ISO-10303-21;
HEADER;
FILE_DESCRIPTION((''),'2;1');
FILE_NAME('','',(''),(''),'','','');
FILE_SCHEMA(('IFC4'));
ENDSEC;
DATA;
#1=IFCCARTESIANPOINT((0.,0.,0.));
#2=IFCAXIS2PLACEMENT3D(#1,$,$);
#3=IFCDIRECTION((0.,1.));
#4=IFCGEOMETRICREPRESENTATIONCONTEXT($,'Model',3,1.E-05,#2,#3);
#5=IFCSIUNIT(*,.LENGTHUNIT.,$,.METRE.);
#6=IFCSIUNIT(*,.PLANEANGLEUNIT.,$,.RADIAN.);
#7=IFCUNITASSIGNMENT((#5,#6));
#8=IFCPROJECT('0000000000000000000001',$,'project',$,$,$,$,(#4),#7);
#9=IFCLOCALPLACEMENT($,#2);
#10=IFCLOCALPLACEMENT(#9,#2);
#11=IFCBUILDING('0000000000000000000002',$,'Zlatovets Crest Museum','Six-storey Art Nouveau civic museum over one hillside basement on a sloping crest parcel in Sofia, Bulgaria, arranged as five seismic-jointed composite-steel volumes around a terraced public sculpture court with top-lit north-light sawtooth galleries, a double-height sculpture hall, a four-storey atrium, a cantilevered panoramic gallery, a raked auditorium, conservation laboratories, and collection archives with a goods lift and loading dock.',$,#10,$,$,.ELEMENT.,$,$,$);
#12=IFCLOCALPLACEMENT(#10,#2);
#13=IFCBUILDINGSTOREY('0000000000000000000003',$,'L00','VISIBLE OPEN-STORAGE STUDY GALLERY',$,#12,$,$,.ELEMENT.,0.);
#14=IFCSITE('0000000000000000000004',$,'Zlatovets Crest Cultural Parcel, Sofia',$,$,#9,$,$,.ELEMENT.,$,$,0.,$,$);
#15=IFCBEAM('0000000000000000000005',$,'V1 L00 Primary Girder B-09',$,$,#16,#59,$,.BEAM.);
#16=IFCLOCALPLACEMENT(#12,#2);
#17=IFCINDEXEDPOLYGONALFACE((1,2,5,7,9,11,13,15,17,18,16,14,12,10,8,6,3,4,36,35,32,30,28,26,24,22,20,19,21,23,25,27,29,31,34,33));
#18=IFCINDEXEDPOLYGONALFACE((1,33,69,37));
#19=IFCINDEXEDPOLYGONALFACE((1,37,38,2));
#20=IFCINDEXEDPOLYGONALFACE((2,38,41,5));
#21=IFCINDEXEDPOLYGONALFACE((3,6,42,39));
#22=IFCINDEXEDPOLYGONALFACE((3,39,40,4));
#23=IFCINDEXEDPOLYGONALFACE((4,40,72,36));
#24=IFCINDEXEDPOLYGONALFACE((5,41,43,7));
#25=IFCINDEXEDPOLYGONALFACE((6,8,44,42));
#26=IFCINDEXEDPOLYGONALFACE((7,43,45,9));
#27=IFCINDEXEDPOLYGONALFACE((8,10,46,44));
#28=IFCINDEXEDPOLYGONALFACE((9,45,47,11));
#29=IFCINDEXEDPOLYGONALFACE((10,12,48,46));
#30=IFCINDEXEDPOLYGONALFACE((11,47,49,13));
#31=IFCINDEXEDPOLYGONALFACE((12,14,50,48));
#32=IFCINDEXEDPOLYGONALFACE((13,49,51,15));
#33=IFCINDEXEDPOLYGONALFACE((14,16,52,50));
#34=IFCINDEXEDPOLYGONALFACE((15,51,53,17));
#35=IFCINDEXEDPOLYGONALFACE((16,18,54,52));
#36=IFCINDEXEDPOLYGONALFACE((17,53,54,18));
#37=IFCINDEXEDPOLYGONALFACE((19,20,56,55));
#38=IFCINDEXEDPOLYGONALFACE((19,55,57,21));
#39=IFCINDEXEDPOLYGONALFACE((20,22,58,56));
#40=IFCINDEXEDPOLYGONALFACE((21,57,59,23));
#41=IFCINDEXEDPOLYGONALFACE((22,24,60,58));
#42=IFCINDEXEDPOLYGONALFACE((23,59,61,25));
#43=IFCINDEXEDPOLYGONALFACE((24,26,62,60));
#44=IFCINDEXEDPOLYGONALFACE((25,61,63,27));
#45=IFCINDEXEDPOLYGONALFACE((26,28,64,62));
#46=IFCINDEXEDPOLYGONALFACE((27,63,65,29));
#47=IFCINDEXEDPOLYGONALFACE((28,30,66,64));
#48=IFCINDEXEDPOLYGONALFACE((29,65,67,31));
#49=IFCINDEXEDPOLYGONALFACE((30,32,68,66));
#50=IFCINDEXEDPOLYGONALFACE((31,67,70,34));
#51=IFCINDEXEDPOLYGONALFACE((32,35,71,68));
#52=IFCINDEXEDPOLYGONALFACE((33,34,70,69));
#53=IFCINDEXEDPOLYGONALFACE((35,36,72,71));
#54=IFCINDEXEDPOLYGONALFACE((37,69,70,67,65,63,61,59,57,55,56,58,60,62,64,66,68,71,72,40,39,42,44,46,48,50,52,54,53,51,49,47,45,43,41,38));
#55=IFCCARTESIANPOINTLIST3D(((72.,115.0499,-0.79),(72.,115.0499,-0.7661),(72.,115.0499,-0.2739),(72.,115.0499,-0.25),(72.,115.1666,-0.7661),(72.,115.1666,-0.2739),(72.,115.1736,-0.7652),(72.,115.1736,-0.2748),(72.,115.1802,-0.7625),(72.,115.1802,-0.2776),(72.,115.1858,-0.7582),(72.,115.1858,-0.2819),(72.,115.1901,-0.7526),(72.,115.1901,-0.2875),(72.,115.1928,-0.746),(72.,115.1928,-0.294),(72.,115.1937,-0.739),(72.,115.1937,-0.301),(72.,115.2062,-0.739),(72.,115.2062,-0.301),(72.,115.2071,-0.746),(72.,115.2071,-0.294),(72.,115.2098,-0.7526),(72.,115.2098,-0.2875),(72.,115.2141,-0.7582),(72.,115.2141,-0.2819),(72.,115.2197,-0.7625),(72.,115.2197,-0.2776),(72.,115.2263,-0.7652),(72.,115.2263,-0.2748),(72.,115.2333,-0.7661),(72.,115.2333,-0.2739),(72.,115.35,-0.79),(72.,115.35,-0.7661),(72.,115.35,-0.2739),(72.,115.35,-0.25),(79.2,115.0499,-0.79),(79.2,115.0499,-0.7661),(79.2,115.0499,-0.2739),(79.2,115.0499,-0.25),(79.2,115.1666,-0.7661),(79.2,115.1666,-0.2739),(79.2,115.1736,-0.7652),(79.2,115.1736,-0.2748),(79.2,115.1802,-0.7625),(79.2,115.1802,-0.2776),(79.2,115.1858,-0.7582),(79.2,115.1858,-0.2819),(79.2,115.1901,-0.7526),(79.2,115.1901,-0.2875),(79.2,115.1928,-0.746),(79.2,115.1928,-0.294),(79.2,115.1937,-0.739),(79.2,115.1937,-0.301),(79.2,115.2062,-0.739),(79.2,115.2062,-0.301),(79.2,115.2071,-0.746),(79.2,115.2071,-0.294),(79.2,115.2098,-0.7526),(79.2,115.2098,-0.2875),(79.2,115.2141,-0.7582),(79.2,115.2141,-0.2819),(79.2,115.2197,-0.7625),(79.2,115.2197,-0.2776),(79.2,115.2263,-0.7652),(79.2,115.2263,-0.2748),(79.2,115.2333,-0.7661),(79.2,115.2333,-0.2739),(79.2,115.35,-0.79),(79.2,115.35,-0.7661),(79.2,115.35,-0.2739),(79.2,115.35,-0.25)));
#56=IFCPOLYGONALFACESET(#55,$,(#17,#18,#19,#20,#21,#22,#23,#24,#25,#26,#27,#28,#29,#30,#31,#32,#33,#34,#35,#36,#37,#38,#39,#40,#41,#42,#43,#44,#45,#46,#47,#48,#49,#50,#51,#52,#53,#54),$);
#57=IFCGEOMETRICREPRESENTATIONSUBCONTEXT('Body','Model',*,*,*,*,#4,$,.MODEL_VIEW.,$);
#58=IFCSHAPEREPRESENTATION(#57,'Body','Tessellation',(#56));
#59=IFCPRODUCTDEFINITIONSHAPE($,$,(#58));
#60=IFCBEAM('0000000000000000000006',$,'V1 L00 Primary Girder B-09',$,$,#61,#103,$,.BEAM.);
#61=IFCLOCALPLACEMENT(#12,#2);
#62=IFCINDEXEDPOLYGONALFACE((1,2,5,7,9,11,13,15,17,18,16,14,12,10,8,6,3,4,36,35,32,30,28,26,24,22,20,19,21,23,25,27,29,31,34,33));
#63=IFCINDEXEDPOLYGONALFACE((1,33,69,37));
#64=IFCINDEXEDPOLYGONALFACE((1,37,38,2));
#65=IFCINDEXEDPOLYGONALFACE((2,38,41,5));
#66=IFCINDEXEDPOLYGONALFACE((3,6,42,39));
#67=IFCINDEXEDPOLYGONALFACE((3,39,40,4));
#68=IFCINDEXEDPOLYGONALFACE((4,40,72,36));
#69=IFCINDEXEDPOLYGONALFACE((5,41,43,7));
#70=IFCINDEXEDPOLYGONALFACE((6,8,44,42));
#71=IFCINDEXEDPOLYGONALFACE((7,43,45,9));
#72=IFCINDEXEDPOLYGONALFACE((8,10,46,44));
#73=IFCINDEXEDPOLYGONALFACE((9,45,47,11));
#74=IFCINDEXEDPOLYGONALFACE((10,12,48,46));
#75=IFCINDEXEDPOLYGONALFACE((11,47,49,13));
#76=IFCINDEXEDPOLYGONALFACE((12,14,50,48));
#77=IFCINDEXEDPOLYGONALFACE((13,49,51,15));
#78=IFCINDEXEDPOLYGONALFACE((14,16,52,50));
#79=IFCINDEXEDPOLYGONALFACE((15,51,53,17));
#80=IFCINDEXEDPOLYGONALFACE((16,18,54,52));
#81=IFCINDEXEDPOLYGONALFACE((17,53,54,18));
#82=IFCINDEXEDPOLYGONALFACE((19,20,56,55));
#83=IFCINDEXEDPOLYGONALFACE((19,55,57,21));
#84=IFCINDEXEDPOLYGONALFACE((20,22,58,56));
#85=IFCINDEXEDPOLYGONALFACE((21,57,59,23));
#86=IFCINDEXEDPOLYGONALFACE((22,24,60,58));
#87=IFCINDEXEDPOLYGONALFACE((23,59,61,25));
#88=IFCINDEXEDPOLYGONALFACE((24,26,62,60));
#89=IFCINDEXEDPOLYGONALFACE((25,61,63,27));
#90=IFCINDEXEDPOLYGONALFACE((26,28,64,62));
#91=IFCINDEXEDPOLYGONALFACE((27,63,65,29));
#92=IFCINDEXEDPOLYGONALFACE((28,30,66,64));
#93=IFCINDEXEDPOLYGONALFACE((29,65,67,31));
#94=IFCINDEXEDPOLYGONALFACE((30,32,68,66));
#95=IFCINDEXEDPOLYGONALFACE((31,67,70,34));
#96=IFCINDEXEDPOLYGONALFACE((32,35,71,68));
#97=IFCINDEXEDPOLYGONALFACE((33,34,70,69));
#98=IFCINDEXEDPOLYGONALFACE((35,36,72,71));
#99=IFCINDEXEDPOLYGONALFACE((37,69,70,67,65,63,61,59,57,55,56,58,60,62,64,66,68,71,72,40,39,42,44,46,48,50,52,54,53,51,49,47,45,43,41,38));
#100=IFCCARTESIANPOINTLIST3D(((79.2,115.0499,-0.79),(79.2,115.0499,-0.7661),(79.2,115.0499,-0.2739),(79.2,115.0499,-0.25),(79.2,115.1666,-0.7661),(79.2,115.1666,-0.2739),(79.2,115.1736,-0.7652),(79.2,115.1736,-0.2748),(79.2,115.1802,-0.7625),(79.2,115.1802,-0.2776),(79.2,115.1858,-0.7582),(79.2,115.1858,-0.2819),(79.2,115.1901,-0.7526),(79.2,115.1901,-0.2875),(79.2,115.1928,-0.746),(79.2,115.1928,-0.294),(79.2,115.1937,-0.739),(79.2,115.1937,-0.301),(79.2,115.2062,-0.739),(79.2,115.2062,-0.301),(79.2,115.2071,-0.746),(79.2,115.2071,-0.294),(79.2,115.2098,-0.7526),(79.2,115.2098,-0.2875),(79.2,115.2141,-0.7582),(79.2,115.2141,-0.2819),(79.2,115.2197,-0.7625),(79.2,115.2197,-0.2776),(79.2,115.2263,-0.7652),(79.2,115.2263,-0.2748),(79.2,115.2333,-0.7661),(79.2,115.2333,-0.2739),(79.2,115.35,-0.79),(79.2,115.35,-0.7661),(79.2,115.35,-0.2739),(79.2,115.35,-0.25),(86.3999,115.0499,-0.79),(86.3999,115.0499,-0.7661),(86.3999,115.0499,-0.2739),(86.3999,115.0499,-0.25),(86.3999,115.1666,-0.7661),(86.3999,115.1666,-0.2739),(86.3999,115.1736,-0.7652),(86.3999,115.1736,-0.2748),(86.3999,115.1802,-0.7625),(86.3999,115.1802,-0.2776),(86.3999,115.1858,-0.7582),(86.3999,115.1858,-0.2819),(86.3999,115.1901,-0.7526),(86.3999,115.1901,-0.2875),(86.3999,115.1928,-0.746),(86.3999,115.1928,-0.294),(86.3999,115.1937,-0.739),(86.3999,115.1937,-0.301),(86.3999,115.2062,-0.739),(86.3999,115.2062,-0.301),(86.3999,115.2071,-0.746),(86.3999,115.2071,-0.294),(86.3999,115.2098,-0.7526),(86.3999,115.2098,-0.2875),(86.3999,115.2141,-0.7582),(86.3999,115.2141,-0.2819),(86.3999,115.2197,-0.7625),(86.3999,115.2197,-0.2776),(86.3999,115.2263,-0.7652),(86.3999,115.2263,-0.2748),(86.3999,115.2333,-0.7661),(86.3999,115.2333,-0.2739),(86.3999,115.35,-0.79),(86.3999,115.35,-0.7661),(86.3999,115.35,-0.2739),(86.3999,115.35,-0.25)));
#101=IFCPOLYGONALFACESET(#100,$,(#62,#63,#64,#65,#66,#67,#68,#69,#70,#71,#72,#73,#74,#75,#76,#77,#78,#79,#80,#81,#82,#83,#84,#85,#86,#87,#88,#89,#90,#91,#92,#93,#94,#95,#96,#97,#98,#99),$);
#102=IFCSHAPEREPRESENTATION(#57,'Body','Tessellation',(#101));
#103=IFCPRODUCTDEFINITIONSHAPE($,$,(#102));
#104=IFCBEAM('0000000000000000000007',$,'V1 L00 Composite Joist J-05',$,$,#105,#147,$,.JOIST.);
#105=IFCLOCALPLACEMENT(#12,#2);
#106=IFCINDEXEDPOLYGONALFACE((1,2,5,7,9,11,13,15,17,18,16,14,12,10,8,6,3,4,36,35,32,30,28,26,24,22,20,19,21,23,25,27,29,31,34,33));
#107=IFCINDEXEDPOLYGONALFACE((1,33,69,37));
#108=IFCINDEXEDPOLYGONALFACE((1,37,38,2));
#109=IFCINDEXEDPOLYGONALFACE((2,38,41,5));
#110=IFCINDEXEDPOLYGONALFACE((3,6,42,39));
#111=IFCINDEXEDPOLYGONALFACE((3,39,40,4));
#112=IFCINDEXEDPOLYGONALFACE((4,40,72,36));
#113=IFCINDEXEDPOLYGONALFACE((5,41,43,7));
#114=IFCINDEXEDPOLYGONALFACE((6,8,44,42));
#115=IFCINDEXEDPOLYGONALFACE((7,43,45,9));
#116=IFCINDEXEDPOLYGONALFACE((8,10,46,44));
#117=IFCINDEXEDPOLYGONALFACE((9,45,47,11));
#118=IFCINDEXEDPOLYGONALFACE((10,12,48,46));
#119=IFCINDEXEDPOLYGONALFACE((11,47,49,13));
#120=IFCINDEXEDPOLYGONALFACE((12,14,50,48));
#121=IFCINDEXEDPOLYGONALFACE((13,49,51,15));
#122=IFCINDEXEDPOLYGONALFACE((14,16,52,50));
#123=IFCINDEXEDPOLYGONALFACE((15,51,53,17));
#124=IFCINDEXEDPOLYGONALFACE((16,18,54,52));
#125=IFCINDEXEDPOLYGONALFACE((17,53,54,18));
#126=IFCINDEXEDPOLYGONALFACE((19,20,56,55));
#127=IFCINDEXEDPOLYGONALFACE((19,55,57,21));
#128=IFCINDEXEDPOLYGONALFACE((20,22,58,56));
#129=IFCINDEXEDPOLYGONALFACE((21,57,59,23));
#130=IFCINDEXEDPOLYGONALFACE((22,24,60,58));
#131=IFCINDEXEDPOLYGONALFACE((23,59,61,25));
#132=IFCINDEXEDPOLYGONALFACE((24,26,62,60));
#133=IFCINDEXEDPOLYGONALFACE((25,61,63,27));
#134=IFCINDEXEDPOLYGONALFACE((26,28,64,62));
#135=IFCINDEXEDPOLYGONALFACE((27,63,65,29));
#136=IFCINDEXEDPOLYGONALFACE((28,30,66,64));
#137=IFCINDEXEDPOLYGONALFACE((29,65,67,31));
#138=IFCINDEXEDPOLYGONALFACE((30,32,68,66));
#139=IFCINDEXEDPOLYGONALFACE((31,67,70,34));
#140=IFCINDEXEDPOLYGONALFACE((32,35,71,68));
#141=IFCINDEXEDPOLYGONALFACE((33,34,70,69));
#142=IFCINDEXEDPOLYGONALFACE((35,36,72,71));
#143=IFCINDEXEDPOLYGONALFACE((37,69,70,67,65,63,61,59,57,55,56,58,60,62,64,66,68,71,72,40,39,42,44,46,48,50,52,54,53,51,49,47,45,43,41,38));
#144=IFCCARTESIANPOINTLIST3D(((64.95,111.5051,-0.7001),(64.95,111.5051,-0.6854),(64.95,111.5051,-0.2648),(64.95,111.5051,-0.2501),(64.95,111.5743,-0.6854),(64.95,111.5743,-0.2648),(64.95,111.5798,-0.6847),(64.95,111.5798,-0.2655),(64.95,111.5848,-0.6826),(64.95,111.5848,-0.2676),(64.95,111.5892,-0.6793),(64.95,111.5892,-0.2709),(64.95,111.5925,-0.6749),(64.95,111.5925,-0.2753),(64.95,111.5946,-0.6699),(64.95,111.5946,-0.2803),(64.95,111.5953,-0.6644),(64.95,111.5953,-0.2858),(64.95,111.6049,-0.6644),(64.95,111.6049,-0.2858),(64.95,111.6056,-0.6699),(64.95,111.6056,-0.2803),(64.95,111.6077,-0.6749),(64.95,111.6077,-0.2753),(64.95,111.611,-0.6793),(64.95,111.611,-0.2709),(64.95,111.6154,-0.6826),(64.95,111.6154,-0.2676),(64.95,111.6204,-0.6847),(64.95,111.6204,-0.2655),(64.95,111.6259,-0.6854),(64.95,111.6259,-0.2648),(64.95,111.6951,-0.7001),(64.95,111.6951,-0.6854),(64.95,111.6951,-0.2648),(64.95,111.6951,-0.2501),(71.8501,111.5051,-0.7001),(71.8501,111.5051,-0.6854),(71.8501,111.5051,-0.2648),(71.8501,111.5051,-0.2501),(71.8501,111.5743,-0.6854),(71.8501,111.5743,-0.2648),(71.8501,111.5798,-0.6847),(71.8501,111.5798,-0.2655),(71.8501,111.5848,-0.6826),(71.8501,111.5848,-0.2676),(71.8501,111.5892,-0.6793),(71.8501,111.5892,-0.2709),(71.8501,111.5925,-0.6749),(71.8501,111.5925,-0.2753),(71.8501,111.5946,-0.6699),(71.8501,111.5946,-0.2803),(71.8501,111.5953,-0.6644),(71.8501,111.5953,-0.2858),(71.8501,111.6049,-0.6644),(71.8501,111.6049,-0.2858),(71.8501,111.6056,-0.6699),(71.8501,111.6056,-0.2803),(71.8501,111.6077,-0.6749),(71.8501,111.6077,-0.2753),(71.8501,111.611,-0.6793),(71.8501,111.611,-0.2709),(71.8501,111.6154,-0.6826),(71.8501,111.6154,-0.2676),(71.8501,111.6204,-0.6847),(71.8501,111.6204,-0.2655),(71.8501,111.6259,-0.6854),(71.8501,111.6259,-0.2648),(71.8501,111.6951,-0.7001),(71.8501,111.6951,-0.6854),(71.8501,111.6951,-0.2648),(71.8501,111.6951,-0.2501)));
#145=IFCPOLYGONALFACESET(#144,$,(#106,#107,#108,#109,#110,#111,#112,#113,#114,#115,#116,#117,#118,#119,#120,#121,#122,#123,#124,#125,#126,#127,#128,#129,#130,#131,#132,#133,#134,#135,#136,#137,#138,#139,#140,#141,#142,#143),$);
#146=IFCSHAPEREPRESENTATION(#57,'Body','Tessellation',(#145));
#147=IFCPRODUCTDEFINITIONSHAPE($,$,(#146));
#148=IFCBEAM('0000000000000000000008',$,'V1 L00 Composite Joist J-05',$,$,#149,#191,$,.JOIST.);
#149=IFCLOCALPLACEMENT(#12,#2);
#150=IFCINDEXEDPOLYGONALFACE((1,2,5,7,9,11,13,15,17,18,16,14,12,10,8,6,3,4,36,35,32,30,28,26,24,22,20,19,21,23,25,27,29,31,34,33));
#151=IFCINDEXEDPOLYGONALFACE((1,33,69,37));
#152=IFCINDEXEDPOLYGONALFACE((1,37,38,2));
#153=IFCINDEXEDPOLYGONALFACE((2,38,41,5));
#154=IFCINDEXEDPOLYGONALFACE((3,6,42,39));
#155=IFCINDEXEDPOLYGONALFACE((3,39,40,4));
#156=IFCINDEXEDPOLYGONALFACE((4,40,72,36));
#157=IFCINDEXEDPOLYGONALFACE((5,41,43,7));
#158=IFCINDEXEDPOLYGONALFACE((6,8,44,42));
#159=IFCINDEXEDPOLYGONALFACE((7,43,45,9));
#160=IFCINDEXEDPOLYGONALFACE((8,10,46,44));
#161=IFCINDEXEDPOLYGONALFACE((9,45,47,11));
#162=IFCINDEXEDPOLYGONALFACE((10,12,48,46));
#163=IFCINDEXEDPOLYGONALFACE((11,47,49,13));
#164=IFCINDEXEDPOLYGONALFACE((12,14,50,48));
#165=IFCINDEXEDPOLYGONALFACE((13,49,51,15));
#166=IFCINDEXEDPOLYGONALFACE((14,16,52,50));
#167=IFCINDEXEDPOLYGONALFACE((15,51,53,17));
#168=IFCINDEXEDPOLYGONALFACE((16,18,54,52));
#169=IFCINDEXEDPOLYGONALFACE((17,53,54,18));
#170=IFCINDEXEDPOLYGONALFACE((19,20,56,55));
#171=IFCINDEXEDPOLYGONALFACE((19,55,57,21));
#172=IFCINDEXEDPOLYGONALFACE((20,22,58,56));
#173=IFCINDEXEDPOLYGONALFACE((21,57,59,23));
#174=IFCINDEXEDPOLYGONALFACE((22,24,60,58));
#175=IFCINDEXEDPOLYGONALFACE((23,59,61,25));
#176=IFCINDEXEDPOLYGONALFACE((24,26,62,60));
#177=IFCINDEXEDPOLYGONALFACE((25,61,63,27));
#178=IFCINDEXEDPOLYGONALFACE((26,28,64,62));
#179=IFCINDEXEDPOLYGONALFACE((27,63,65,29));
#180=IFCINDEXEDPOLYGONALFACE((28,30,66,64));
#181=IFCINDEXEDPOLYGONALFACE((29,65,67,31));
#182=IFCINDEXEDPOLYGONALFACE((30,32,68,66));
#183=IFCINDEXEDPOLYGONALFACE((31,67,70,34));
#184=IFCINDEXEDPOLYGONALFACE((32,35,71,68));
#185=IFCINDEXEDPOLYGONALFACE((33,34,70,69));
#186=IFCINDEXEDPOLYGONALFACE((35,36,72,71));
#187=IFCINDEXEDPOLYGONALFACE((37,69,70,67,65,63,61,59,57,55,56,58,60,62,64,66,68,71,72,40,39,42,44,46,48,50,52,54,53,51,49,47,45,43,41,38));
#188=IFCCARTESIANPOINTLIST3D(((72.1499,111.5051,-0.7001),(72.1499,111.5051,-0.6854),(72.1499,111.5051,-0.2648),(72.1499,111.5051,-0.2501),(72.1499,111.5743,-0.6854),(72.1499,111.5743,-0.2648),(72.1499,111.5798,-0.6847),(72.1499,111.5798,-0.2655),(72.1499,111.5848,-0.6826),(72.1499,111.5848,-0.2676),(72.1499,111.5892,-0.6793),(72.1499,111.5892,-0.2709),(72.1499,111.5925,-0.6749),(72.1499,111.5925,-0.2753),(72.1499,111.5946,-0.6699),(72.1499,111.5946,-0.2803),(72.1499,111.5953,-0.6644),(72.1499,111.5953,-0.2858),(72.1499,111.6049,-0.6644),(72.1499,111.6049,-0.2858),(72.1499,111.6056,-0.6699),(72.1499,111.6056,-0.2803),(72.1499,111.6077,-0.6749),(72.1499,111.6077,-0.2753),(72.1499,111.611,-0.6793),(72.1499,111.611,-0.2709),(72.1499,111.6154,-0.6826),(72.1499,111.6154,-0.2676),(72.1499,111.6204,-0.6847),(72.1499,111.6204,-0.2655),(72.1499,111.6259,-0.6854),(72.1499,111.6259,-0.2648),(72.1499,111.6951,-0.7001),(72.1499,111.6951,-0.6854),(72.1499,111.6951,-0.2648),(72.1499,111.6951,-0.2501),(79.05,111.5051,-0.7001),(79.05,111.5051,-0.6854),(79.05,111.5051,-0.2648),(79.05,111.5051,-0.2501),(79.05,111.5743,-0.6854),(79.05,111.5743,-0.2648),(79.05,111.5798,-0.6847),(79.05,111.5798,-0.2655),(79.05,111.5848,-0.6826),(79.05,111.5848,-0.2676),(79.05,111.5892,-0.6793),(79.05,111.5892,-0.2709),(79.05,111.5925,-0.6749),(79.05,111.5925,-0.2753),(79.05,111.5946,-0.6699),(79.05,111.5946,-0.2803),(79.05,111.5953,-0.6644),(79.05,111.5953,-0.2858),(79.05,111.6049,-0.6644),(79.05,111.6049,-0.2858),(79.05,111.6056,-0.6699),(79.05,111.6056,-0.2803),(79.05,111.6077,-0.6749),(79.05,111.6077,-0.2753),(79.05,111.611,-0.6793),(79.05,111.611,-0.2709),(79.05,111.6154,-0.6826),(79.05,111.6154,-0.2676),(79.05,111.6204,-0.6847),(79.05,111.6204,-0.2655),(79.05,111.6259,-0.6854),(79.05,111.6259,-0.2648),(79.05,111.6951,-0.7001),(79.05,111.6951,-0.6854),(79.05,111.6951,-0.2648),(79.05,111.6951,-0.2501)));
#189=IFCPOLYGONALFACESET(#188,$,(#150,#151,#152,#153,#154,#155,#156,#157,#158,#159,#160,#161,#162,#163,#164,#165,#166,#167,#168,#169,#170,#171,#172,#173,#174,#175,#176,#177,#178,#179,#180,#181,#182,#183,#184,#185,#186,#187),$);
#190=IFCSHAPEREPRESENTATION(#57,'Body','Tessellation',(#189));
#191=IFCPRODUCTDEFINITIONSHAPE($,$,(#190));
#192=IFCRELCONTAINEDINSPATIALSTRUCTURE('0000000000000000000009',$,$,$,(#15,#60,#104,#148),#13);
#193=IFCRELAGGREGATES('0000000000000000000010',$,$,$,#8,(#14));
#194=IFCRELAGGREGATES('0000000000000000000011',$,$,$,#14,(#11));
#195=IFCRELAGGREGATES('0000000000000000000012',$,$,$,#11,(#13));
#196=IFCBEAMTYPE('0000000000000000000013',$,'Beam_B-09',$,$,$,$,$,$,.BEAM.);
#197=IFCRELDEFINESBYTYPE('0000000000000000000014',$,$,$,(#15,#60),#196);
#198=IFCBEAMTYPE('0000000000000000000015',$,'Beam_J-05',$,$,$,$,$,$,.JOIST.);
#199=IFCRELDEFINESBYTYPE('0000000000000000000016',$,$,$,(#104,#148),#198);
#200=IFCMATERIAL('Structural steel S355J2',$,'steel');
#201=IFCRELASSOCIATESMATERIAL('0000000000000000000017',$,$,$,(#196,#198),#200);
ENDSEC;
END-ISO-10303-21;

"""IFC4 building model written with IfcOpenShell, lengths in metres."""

from ifc_helpers import new_model, si_unit, direction, frame, origin, origin_2d, place, context, subcontext, project, spatial, i_section, extrude, material, material_profile, profile_set, type_object, element, save


model = new_model("IFC4")

# Units and contexts
model_context = context("Model", 3, precision=1e-05, world=origin(), true_north=direction((0.0, 1.0)))
body_context = subcontext(model_context, "Body", "Model", "MODEL_VIEW")
ifc_project = project(units=[si_unit("LENGTHUNIT", "METRE"), si_unit("PLANEANGLEUNIT", "RADIAN")], contexts=[model_context])

# Site, building, storey
site_placement = place(None, origin())
site = spatial("IfcSite", under=ifc_project, at=site_placement, Name="Zlatovets Crest Cultural Parcel, Sofia", CompositionType="ELEMENT", RefElevation=0.0)
building_placement = place(site_placement, origin())
building = spatial("IfcBuilding", under=site, at=building_placement, Name="Zlatovets Crest Museum", Description="Six-storey Art Nouveau civic museum over one hillside basement on a sloping crest parcel in Sofia, Bulgaria, arranged as five seismic-jointed composite-steel volumes around a terraced public sculpture court with top-lit north-light sawtooth galleries, a double-height sculpture hall, a four-storey atrium, a cantilevered panoramic gallery, a raked auditorium, conservation laboratories, and collection archives with a goods lift and loading dock.", CompositionType="ELEMENT")
storey_placement = place(building_placement, origin())
storey = spatial("IfcBuildingStorey", under=building, at=storey_placement, Name="L00", Description="VISIBLE OPEN-STORAGE STUDY GALLERY", CompositionType="ELEMENT", Elevation=0.0)

# Shared definitions
ifc_material_1 = material(Name="Structural steel S355J2", Category="steel")

# Beams
ifc_material_profile_1 = material_profile(ifc_material_1, i_section(OverallWidth=0.3, OverallDepth=0.54, WebThickness=0.0125, FlangeThickness=0.0239, FilletRadius=0.0271, at=origin_2d()), Name="HEA 550")
ifc_profile_set_1 = profile_set([ifc_material_profile_1], Name="Structural steel S355J2")
beam_type_1 = type_object("IfcBeamType", Name="Beam_B-09", PredefinedType="BEAM", material=ifc_profile_set_1)
for number, where, z_axis, x_axis, name in (
    (1, (72.0, 115.2, -0.52), (1.0, 0.0, 0.0), (0.0, 1.0, 0.0), "V1 L00 Primary Girder B-09"),
    (2, (79.2, 115.2, -0.52), (1.0, 0.0, 0.0), (0.0, 1.0, 0.0), "V1 L00 Primary Girder B-09"),
):
    element("IfcBeam", number, at=place(storey_placement, frame(where, z_axis=z_axis, x_axis=x_axis)), inside=storey, type_object=beam_type_1, Name=name, PredefinedType="BEAM", context=body_context, shape_type="SweptSolid", body=[
        extrude(i_section(OverallWidth=0.3, OverallDepth=0.54, WebThickness=0.0125, FlangeThickness=0.0239, FilletRadius=0.0271, at=origin_2d()), origin(), (0.0, 0.0, 1.0), 7.2),
    ])
ifc_material_profile_2 = material_profile(ifc_material_1, i_section(OverallWidth=0.1899, OverallDepth=0.45, WebThickness=0.0095, FlangeThickness=0.0146, FilletRadius=0.021, at=origin_2d()), Name="IPE 450")
ifc_profile_set_2 = profile_set([ifc_material_profile_2], Name="Structural steel S355J2")
beam_type_2 = type_object("IfcBeamType", Name="Beam_J-05", PredefinedType="JOIST", material=ifc_profile_set_2)
for number, where, z_axis, x_axis, name in (
    (3, (64.95, 111.6001, -0.4751), (1.0, 0.0, 0.0), (0.0, 1.0, 0.0), "V1 L00 Composite Joist J-05"),
    (4, (72.1499, 111.6001, -0.4751), (1.0, 0.0, 0.0), (0.0, 1.0, 0.0), "V1 L00 Composite Joist J-05"),
):
    element("IfcBeam", number, at=place(storey_placement, frame(where, z_axis=z_axis, x_axis=x_axis)), inside=storey, type_object=beam_type_2, Name=name, PredefinedType="JOIST", context=body_context, shape_type="SweptSolid", body=[
        extrude(i_section(OverallWidth=0.1899, OverallDepth=0.45, WebThickness=0.0095, FlangeThickness=0.0146, FilletRadius=0.021, at=origin_2d()), origin(), (0.0, 0.0, 1.0), 6.9001),
    ])

save(model, "model.ifc")
